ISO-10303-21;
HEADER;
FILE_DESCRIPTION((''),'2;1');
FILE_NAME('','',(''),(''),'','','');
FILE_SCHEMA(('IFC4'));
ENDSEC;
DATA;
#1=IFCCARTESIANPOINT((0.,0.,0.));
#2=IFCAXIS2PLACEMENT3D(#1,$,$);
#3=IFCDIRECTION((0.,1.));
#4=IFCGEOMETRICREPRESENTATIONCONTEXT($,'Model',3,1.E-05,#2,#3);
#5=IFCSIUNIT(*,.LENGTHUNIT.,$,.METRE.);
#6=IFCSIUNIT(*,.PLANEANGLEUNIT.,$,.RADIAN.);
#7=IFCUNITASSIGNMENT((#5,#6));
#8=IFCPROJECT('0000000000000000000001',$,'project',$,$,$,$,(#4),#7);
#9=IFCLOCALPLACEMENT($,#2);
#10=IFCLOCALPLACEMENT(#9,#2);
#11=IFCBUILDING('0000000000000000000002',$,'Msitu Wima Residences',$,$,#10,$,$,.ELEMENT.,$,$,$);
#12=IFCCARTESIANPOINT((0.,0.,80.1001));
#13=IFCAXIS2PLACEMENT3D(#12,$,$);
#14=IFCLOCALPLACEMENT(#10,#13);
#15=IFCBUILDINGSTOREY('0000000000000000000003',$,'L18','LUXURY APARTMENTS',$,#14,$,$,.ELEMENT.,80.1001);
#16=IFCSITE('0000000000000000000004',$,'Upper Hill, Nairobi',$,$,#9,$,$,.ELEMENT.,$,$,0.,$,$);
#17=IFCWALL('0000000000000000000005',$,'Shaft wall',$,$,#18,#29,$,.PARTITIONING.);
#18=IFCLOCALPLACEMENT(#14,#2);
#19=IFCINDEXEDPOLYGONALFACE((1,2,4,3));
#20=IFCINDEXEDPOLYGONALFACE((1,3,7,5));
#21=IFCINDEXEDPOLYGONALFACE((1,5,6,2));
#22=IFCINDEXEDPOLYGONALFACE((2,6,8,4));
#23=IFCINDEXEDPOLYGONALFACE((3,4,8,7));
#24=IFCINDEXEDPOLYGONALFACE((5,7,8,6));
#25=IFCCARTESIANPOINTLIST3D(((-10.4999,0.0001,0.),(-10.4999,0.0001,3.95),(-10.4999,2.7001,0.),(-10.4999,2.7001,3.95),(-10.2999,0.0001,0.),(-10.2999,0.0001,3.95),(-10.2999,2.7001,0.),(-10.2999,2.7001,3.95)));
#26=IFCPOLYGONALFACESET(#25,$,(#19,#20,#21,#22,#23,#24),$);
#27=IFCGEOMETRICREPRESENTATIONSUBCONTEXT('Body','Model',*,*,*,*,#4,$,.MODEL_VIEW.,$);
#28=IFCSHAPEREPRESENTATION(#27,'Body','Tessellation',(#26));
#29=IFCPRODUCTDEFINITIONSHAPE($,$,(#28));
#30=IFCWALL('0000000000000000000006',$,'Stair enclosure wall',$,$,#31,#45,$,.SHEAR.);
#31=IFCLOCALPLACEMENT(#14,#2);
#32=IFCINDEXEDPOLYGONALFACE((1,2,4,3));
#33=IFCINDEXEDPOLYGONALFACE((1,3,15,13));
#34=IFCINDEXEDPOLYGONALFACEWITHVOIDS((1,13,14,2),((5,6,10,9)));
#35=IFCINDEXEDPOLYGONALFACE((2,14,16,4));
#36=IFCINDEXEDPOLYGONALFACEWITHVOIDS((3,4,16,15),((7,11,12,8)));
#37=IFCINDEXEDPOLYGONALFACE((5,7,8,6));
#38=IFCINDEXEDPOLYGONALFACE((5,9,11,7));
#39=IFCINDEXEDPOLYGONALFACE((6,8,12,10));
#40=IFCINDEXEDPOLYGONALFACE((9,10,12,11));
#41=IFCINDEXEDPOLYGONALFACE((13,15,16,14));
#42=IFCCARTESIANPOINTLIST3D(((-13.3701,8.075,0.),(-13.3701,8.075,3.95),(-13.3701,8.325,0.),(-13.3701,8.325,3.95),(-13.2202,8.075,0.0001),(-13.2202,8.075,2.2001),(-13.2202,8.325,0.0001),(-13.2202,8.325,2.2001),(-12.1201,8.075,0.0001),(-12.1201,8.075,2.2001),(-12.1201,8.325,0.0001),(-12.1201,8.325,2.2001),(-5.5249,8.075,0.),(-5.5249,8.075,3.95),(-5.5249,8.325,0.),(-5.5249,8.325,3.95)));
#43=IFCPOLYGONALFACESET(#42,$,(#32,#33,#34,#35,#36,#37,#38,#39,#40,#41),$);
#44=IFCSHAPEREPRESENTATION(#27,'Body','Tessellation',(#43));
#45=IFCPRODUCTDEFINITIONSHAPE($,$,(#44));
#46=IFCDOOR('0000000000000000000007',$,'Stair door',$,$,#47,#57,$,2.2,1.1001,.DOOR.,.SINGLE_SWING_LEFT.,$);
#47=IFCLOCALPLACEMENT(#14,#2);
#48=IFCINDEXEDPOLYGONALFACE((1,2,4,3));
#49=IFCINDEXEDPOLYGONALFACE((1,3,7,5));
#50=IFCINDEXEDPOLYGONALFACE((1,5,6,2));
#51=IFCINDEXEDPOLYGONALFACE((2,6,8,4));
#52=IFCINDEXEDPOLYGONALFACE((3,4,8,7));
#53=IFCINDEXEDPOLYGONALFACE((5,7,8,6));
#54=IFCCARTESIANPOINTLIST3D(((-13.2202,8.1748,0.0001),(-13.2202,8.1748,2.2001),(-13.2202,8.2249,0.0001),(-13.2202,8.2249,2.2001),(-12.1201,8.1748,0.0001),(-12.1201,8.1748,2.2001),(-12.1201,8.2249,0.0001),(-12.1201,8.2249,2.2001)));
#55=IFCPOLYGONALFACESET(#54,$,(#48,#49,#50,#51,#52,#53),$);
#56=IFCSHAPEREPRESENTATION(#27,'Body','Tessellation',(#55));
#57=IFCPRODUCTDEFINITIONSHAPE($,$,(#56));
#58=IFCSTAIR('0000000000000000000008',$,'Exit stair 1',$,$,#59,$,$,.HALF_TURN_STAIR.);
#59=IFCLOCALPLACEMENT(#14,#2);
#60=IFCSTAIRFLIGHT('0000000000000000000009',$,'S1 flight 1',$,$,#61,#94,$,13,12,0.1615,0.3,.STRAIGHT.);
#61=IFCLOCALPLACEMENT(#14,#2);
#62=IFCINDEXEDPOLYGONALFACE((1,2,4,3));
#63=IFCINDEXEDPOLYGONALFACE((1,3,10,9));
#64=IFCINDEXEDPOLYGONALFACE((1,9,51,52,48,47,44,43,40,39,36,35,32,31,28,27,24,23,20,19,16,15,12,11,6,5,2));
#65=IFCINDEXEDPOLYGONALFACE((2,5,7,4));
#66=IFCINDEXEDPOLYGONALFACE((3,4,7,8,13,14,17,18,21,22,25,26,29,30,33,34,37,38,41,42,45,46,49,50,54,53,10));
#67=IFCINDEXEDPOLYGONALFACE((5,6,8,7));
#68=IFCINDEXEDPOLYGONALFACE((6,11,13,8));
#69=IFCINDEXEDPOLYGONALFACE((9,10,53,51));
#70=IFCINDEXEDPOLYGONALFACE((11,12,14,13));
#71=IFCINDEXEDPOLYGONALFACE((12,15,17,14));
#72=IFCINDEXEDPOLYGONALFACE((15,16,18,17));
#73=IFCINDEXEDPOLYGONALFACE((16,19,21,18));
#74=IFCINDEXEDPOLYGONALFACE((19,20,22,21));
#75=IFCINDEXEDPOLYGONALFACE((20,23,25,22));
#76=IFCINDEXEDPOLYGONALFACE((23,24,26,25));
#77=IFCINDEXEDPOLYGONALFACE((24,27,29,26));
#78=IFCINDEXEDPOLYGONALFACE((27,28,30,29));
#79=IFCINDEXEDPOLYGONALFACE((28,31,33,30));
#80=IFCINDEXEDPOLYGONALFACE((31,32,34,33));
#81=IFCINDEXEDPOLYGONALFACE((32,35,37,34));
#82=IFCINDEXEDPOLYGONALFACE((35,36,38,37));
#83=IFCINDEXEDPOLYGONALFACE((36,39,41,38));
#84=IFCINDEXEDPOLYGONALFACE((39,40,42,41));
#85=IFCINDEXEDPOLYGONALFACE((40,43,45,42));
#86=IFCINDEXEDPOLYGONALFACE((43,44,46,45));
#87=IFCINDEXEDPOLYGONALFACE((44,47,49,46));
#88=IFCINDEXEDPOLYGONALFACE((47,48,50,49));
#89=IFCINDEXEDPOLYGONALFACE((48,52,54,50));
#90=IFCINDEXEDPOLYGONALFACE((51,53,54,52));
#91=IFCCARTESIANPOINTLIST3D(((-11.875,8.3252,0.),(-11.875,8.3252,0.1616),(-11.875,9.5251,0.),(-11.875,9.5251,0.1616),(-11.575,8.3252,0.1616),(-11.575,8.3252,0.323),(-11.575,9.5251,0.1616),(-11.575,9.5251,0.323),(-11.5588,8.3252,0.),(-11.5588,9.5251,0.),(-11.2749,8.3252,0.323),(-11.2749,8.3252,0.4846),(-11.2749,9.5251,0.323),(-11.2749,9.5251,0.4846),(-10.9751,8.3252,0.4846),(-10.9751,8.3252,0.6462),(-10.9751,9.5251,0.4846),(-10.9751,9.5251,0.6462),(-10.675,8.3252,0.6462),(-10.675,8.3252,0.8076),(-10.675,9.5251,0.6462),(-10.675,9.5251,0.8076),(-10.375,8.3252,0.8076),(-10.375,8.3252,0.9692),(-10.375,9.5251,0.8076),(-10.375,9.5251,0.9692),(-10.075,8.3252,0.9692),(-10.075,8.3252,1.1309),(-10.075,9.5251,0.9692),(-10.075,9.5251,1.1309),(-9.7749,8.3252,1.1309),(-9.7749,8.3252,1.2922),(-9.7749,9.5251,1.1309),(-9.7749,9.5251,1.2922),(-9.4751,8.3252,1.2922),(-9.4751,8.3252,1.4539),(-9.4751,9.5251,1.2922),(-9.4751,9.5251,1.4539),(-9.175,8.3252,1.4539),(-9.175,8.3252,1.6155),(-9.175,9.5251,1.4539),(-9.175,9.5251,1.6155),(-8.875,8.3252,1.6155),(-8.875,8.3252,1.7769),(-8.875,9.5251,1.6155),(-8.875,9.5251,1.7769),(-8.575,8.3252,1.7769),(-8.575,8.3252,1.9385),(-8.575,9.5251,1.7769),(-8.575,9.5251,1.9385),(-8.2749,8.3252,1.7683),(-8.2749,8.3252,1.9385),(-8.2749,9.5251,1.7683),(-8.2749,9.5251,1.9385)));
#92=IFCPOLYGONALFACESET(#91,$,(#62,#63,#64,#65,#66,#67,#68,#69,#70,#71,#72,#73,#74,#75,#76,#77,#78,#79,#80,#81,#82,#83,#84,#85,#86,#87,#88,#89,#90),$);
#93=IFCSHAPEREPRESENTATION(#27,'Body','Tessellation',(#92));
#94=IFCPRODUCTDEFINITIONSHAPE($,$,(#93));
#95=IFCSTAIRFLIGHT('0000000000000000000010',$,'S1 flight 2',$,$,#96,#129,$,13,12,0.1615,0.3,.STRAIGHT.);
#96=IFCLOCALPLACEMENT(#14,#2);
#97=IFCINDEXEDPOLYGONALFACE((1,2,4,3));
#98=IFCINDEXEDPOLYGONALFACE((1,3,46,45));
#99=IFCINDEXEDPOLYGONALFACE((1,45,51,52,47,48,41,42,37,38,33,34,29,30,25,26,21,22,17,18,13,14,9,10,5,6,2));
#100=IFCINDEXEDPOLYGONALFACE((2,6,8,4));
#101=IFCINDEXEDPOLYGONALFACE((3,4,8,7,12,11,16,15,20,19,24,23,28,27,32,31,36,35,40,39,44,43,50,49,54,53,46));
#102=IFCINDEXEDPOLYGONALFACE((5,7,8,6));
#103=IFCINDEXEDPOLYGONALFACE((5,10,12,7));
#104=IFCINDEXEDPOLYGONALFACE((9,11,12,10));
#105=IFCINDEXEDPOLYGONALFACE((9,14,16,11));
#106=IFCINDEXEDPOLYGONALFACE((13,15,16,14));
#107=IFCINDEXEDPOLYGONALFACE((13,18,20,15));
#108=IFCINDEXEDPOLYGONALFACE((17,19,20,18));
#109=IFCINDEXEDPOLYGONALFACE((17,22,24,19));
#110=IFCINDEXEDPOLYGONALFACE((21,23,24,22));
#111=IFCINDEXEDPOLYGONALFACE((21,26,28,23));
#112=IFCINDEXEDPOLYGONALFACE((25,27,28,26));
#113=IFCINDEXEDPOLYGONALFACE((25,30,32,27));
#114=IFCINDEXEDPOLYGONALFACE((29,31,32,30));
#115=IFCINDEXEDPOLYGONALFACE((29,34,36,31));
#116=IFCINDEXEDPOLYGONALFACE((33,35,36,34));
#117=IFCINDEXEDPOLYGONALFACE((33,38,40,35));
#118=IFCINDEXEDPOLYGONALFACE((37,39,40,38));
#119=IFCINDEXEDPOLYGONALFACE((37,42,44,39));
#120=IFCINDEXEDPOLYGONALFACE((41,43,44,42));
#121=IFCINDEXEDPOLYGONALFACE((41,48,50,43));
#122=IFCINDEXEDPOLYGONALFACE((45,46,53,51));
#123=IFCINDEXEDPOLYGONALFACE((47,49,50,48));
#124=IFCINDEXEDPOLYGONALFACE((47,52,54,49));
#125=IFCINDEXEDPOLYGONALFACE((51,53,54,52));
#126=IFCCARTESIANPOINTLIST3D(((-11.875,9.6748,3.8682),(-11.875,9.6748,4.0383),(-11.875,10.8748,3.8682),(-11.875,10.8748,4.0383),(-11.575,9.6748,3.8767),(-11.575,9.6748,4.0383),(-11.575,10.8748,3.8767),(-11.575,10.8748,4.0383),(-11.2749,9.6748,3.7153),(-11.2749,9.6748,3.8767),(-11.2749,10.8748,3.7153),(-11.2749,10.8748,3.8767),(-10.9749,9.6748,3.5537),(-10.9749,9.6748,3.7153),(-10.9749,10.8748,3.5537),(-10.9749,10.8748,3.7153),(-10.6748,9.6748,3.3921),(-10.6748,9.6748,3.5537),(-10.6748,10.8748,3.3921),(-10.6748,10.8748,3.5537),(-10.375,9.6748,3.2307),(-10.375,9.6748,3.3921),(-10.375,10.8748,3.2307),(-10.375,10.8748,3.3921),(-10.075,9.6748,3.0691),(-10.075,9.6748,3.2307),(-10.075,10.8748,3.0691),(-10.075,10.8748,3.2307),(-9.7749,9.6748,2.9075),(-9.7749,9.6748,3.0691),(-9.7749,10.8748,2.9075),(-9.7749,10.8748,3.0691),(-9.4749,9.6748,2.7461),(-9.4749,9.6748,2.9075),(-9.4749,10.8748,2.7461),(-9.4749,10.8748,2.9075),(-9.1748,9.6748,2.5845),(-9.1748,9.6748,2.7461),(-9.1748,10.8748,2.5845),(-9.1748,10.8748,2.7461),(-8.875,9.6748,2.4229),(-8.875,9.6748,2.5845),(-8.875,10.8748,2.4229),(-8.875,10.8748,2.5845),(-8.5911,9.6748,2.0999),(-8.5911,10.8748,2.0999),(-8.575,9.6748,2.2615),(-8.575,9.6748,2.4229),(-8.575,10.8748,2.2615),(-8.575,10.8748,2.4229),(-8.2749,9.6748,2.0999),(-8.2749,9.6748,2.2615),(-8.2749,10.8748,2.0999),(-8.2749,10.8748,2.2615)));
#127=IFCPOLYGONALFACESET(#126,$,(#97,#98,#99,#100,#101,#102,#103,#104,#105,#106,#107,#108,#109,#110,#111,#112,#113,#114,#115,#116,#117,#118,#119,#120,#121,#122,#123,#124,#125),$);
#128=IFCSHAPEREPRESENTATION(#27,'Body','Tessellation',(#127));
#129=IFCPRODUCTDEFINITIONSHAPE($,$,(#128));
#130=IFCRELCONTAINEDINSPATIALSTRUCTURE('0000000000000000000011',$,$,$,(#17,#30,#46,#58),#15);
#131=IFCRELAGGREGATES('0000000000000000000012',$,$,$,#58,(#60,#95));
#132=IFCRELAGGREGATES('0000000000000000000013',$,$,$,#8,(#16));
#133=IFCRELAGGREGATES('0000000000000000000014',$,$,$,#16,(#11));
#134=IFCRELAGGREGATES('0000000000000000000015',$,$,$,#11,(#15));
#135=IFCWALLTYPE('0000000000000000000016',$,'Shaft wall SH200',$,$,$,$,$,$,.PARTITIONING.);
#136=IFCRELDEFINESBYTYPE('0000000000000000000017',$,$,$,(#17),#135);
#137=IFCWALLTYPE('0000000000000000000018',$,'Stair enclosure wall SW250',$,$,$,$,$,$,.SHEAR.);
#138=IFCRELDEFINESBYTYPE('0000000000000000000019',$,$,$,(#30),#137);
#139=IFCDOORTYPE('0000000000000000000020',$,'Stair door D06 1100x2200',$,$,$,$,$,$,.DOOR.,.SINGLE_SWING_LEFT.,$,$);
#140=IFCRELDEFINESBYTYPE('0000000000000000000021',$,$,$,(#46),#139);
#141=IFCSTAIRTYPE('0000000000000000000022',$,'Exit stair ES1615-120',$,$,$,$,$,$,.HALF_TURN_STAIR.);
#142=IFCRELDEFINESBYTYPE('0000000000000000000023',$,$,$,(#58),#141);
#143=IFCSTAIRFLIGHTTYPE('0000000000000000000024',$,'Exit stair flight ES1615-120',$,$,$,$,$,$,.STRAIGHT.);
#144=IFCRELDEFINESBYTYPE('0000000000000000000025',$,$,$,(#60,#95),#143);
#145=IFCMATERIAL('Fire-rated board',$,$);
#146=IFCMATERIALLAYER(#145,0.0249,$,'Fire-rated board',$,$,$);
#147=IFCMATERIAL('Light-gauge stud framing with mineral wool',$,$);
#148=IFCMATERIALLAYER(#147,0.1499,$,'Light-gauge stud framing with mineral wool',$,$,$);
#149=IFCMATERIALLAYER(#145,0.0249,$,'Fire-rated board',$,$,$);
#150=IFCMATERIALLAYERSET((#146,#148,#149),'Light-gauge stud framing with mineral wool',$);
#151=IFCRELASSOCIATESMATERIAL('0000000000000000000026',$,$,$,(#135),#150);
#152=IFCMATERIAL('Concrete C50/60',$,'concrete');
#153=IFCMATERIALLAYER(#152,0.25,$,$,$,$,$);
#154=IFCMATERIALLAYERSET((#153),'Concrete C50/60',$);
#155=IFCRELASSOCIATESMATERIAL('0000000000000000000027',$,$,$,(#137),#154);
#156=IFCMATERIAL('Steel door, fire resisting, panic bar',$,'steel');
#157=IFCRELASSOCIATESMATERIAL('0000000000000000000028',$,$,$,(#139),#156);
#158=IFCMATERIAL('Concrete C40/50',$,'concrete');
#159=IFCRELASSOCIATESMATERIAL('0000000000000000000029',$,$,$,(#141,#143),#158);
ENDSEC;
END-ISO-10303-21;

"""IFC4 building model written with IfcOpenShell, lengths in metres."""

from ifc_helpers import new_model, si_unit, direction, frame, frame_2d, origin, place, context, subcontext, project, spatial, polyline, rectangle, outline, extrude, material, layer, layer_set, type_object, element, fill, aggregate, save


model = new_model("IFC4")

# Units and contexts
model_context = context("Model", 3, precision=1e-05, world=origin(), true_north=direction((0.0, 1.0)))
body_context = subcontext(model_context, "Body", "Model", "MODEL_VIEW")
ifc_project = project(units=[si_unit("LENGTHUNIT", "METRE"), si_unit("PLANEANGLEUNIT", "RADIAN")], contexts=[model_context])

# Site, building, storey
site_placement = place(None, origin())
site = spatial("IfcSite", under=ifc_project, at=site_placement, Name="Upper Hill, Nairobi", CompositionType="ELEMENT", RefElevation=0.0)
building_placement = place(site_placement, origin())
building = spatial("IfcBuilding", under=site, at=building_placement, Name="Msitu Wima Residences", CompositionType="ELEMENT")
storey_placement = place(building_placement, frame((0.0, 0.0, 80.1001)))
storey = spatial("IfcBuildingStorey", under=building, at=storey_placement, Name="L18", Description="LUXURY APARTMENTS", CompositionType="ELEMENT", Elevation=80.1001)

# Shared definitions
ifc_material_1 = material(Name="Fire-rated board")
ifc_layer_1 = layer(ifc_material_1, 0.0249, Name="Fire-rated board")
ifc_material_2 = material(Name="Light-gauge stud framing with mineral wool")
ifc_layer_2 = layer(ifc_material_2, 0.1499, Name="Light-gauge stud framing with mineral wool")
ifc_layer_3 = layer(ifc_material_1, 0.0249, Name="Fire-rated board")
ifc_layer_set_1 = layer_set([ifc_layer_1, ifc_layer_2, ifc_layer_3], Name="Light-gauge stud framing with mineral wool")
wall_type_1 = type_object("IfcWallType", Name="Shaft wall SH200", PredefinedType="PARTITIONING", material=ifc_layer_set_1)

# Wall
wall_1_placement = place(storey_placement, frame((-10.3999, 0.0, 0.0), z_axis=(0.0, 0.0, 1.0), x_axis=(0.0, 1.0, 0.0)))
element("IfcWall", 1, at=wall_1_placement, inside=storey, type_object=wall_type_1, Name="Shaft wall", PredefinedType="PARTITIONING", context=body_context, shape_type="SweptSolid", body=[
    extrude(rectangle(XDim=2.7, YDim=0.2, at=frame_2d((1.3501, 0.0))), origin(), (0.0, 0.0, 1.0), 3.95),
])

# Wall, opening, door
ifc_material_3 = material(Name="Concrete C50/60", Category="concrete")
ifc_layer_4 = layer(ifc_material_3, 0.25)
ifc_layer_set_2 = layer_set([ifc_layer_4], Name="Concrete C50/60")
wall_type_2 = type_object("IfcWallType", Name="Stair enclosure wall SW250", PredefinedType="SHEAR", material=ifc_layer_set_2)
wall_2_placement = place(storey_placement, frame((-13.3701, 8.2, 0.0), z_axis=(0.0, 0.0, 1.0), x_axis=(1.0, 0.0, 0.0)))
wall_2 = element("IfcWall", 2, at=wall_2_placement, inside=storey, type_object=wall_type_2, Name="Stair enclosure wall", PredefinedType="SHEAR", context=body_context, shape_type="SweptSolid", body=[
    extrude(rectangle(XDim=7.8452, YDim=0.25, at=frame_2d((3.9226, 0.0))), origin(), (0.0, 0.0, 1.0), 3.95),
])
opening_1_placement = place(wall_2_placement, frame((0.1499, 0.0, 0.0)))
opening_1 = element("IfcOpeningElement", 3, at=opening_1_placement, cuts=wall_2, PredefinedType="OPENING", context=body_context, shape_type="SweptSolid", body=[
    extrude(rectangle(XDim=1.1001, YDim=2.2, at=frame_2d((0.55, 1.1001))), frame((0.0, 0.135, 0.0), z_axis=(0.0, -1.0, 0.0), x_axis=(1.0, 0.0, 0.0)), (0.0, 0.0, 1.0), 0.27),
])
ifc_material_4 = material(Name="Steel door, fire resisting, panic bar", Category="steel")
door_type_1 = type_object("IfcDoorType", Name="Stair door D06 1100x2200", OperationType="SINGLE_SWING_LEFT", PredefinedType="DOOR", material=ifc_material_4)
door_1_placement = place(opening_1_placement, origin())
door_1 = element("IfcDoor", 4, at=door_1_placement, inside=storey, type_object=door_type_1, Name="Stair door", OperationType="SINGLE_SWING_LEFT", OverallHeight=2.2, OverallWidth=1.1001, PredefinedType="DOOR", context=body_context, shape_type="SweptSolid", body=[
    extrude(rectangle(XDim=1.1001, YDim=2.2, at=frame_2d((0.55, 1.1001))), frame((0.0, 0.0249, 0.0), z_axis=(0.0, -1.0, 0.0), x_axis=(1.0, 0.0, 0.0)), (0.0, 0.0, 1.0), 0.05),
])
fill(opening_1, door_1)

# Stair, stair flights
ifc_material_5 = material(Name="Concrete C40/50", Category="concrete")
stair_type = type_object("IfcStairType", Name="Exit stair ES1615-120", PredefinedType="HALF_TURN_STAIR", material=ifc_material_5)
stair_placement = place(storey_placement, origin())
stair = element("IfcStair", 5, at=stair_placement, inside=storey, type_object=stair_type, Name="Exit stair 1", PredefinedType="HALF_TURN_STAIR")
stair_flight_type = type_object("IfcStairFlightType", Name="Exit stair flight ES1615-120", PredefinedType="STRAIGHT", material=ifc_material_5)
stair_flight_1_placement = place(storey_placement, frame((-11.875, 8.925, 0.0), z_axis=(0.0, 0.0, 1.0), x_axis=(1.0, 0.0, 0.0)))
stair_flight_1 = element("IfcStairFlight", 6, at=stair_flight_1_placement, type_object=stair_flight_type, Name="S1 flight 1", NumberOfRisers=13, NumberOfTreads=12, PredefinedType="STRAIGHT", RiserHeight=0.1615, TreadLength=0.3, context=body_context, shape_type="SweptSolid", body=[
    extrude(outline(polyline([(0.0, 0.0), (0.0, 0.1616), (0.3, 0.1616), (0.3, 0.323), (0.6001, 0.323), (0.6001, 0.4846), (0.8999, 0.4846), (0.8999, 0.6462), (1.2, 0.6462), (1.2, 0.8076), (1.5, 0.8076), (1.5, 0.9692), (1.8, 0.9692), (1.8, 1.1309), (2.1001, 1.1309), (2.1001, 1.2922), (2.3999, 1.2922), (2.3999, 1.4539), (2.7, 1.4539), (2.7, 1.6155), (3.0, 1.6155), (3.0, 1.7769), (3.3, 1.7769), (3.3, 1.9385), (3.6001, 1.9385), (3.6001, 2.1001), (3.6001, 1.7683), (0.3162, 0.0), (0.0, 0.0)])), frame((0.0, 0.6001, 0.0), z_axis=(0.0, -1.0, 0.0), x_axis=(1.0, 0.0, 0.0)), (0.0, 0.0, 1.0), 1.2),
])
stair_flight_2_placement = place(storey_placement, frame((-8.2749, 10.2749, 2.0999), z_axis=(0.0, 0.0, 1.0), x_axis=(-1.0, 0.0, 0.0)))
stair_flight_2 = element("IfcStairFlight", 7, at=stair_flight_2_placement, type_object=stair_flight_type, Name="S1 flight 2", NumberOfRisers=13, NumberOfTreads=12, PredefinedType="STRAIGHT", RiserHeight=0.1615, TreadLength=0.3, context=body_context, shape_type="SweptSolid", body=[
    extrude(outline(polyline([(0.0, 0.0), (0.0, 0.1616), (0.3, 0.1616), (0.3, 0.323), (0.6001, 0.323), (0.6001, 0.4846), (0.8999, 0.4846), (0.8999, 0.6462), (1.2, 0.6462), (1.2, 0.8076), (1.5, 0.8076), (1.5, 0.9692), (1.8, 0.9692), (1.8, 1.1309), (2.1001, 1.1309), (2.1001, 1.2922), (2.3999, 1.2922), (2.3999, 1.4539), (2.7, 1.4539), (2.7, 1.6155), (3.0, 1.6155), (3.0, 1.7769), (3.3, 1.7769), (3.3, 1.9385), (3.6001, 1.9385), (3.6001, 2.1001), (3.6001, 1.7683), (0.3162, 0.0), (0.0, 0.0)])), frame((0.0, 0.6001, 0.0), z_axis=(0.0, -1.0, 0.0), x_axis=(1.0, 0.0, 0.0)), (0.0, 0.0, 1.0), 1.2),
])
aggregate(stair, [stair_flight_1, stair_flight_2])

save(model, "model.ifc")
